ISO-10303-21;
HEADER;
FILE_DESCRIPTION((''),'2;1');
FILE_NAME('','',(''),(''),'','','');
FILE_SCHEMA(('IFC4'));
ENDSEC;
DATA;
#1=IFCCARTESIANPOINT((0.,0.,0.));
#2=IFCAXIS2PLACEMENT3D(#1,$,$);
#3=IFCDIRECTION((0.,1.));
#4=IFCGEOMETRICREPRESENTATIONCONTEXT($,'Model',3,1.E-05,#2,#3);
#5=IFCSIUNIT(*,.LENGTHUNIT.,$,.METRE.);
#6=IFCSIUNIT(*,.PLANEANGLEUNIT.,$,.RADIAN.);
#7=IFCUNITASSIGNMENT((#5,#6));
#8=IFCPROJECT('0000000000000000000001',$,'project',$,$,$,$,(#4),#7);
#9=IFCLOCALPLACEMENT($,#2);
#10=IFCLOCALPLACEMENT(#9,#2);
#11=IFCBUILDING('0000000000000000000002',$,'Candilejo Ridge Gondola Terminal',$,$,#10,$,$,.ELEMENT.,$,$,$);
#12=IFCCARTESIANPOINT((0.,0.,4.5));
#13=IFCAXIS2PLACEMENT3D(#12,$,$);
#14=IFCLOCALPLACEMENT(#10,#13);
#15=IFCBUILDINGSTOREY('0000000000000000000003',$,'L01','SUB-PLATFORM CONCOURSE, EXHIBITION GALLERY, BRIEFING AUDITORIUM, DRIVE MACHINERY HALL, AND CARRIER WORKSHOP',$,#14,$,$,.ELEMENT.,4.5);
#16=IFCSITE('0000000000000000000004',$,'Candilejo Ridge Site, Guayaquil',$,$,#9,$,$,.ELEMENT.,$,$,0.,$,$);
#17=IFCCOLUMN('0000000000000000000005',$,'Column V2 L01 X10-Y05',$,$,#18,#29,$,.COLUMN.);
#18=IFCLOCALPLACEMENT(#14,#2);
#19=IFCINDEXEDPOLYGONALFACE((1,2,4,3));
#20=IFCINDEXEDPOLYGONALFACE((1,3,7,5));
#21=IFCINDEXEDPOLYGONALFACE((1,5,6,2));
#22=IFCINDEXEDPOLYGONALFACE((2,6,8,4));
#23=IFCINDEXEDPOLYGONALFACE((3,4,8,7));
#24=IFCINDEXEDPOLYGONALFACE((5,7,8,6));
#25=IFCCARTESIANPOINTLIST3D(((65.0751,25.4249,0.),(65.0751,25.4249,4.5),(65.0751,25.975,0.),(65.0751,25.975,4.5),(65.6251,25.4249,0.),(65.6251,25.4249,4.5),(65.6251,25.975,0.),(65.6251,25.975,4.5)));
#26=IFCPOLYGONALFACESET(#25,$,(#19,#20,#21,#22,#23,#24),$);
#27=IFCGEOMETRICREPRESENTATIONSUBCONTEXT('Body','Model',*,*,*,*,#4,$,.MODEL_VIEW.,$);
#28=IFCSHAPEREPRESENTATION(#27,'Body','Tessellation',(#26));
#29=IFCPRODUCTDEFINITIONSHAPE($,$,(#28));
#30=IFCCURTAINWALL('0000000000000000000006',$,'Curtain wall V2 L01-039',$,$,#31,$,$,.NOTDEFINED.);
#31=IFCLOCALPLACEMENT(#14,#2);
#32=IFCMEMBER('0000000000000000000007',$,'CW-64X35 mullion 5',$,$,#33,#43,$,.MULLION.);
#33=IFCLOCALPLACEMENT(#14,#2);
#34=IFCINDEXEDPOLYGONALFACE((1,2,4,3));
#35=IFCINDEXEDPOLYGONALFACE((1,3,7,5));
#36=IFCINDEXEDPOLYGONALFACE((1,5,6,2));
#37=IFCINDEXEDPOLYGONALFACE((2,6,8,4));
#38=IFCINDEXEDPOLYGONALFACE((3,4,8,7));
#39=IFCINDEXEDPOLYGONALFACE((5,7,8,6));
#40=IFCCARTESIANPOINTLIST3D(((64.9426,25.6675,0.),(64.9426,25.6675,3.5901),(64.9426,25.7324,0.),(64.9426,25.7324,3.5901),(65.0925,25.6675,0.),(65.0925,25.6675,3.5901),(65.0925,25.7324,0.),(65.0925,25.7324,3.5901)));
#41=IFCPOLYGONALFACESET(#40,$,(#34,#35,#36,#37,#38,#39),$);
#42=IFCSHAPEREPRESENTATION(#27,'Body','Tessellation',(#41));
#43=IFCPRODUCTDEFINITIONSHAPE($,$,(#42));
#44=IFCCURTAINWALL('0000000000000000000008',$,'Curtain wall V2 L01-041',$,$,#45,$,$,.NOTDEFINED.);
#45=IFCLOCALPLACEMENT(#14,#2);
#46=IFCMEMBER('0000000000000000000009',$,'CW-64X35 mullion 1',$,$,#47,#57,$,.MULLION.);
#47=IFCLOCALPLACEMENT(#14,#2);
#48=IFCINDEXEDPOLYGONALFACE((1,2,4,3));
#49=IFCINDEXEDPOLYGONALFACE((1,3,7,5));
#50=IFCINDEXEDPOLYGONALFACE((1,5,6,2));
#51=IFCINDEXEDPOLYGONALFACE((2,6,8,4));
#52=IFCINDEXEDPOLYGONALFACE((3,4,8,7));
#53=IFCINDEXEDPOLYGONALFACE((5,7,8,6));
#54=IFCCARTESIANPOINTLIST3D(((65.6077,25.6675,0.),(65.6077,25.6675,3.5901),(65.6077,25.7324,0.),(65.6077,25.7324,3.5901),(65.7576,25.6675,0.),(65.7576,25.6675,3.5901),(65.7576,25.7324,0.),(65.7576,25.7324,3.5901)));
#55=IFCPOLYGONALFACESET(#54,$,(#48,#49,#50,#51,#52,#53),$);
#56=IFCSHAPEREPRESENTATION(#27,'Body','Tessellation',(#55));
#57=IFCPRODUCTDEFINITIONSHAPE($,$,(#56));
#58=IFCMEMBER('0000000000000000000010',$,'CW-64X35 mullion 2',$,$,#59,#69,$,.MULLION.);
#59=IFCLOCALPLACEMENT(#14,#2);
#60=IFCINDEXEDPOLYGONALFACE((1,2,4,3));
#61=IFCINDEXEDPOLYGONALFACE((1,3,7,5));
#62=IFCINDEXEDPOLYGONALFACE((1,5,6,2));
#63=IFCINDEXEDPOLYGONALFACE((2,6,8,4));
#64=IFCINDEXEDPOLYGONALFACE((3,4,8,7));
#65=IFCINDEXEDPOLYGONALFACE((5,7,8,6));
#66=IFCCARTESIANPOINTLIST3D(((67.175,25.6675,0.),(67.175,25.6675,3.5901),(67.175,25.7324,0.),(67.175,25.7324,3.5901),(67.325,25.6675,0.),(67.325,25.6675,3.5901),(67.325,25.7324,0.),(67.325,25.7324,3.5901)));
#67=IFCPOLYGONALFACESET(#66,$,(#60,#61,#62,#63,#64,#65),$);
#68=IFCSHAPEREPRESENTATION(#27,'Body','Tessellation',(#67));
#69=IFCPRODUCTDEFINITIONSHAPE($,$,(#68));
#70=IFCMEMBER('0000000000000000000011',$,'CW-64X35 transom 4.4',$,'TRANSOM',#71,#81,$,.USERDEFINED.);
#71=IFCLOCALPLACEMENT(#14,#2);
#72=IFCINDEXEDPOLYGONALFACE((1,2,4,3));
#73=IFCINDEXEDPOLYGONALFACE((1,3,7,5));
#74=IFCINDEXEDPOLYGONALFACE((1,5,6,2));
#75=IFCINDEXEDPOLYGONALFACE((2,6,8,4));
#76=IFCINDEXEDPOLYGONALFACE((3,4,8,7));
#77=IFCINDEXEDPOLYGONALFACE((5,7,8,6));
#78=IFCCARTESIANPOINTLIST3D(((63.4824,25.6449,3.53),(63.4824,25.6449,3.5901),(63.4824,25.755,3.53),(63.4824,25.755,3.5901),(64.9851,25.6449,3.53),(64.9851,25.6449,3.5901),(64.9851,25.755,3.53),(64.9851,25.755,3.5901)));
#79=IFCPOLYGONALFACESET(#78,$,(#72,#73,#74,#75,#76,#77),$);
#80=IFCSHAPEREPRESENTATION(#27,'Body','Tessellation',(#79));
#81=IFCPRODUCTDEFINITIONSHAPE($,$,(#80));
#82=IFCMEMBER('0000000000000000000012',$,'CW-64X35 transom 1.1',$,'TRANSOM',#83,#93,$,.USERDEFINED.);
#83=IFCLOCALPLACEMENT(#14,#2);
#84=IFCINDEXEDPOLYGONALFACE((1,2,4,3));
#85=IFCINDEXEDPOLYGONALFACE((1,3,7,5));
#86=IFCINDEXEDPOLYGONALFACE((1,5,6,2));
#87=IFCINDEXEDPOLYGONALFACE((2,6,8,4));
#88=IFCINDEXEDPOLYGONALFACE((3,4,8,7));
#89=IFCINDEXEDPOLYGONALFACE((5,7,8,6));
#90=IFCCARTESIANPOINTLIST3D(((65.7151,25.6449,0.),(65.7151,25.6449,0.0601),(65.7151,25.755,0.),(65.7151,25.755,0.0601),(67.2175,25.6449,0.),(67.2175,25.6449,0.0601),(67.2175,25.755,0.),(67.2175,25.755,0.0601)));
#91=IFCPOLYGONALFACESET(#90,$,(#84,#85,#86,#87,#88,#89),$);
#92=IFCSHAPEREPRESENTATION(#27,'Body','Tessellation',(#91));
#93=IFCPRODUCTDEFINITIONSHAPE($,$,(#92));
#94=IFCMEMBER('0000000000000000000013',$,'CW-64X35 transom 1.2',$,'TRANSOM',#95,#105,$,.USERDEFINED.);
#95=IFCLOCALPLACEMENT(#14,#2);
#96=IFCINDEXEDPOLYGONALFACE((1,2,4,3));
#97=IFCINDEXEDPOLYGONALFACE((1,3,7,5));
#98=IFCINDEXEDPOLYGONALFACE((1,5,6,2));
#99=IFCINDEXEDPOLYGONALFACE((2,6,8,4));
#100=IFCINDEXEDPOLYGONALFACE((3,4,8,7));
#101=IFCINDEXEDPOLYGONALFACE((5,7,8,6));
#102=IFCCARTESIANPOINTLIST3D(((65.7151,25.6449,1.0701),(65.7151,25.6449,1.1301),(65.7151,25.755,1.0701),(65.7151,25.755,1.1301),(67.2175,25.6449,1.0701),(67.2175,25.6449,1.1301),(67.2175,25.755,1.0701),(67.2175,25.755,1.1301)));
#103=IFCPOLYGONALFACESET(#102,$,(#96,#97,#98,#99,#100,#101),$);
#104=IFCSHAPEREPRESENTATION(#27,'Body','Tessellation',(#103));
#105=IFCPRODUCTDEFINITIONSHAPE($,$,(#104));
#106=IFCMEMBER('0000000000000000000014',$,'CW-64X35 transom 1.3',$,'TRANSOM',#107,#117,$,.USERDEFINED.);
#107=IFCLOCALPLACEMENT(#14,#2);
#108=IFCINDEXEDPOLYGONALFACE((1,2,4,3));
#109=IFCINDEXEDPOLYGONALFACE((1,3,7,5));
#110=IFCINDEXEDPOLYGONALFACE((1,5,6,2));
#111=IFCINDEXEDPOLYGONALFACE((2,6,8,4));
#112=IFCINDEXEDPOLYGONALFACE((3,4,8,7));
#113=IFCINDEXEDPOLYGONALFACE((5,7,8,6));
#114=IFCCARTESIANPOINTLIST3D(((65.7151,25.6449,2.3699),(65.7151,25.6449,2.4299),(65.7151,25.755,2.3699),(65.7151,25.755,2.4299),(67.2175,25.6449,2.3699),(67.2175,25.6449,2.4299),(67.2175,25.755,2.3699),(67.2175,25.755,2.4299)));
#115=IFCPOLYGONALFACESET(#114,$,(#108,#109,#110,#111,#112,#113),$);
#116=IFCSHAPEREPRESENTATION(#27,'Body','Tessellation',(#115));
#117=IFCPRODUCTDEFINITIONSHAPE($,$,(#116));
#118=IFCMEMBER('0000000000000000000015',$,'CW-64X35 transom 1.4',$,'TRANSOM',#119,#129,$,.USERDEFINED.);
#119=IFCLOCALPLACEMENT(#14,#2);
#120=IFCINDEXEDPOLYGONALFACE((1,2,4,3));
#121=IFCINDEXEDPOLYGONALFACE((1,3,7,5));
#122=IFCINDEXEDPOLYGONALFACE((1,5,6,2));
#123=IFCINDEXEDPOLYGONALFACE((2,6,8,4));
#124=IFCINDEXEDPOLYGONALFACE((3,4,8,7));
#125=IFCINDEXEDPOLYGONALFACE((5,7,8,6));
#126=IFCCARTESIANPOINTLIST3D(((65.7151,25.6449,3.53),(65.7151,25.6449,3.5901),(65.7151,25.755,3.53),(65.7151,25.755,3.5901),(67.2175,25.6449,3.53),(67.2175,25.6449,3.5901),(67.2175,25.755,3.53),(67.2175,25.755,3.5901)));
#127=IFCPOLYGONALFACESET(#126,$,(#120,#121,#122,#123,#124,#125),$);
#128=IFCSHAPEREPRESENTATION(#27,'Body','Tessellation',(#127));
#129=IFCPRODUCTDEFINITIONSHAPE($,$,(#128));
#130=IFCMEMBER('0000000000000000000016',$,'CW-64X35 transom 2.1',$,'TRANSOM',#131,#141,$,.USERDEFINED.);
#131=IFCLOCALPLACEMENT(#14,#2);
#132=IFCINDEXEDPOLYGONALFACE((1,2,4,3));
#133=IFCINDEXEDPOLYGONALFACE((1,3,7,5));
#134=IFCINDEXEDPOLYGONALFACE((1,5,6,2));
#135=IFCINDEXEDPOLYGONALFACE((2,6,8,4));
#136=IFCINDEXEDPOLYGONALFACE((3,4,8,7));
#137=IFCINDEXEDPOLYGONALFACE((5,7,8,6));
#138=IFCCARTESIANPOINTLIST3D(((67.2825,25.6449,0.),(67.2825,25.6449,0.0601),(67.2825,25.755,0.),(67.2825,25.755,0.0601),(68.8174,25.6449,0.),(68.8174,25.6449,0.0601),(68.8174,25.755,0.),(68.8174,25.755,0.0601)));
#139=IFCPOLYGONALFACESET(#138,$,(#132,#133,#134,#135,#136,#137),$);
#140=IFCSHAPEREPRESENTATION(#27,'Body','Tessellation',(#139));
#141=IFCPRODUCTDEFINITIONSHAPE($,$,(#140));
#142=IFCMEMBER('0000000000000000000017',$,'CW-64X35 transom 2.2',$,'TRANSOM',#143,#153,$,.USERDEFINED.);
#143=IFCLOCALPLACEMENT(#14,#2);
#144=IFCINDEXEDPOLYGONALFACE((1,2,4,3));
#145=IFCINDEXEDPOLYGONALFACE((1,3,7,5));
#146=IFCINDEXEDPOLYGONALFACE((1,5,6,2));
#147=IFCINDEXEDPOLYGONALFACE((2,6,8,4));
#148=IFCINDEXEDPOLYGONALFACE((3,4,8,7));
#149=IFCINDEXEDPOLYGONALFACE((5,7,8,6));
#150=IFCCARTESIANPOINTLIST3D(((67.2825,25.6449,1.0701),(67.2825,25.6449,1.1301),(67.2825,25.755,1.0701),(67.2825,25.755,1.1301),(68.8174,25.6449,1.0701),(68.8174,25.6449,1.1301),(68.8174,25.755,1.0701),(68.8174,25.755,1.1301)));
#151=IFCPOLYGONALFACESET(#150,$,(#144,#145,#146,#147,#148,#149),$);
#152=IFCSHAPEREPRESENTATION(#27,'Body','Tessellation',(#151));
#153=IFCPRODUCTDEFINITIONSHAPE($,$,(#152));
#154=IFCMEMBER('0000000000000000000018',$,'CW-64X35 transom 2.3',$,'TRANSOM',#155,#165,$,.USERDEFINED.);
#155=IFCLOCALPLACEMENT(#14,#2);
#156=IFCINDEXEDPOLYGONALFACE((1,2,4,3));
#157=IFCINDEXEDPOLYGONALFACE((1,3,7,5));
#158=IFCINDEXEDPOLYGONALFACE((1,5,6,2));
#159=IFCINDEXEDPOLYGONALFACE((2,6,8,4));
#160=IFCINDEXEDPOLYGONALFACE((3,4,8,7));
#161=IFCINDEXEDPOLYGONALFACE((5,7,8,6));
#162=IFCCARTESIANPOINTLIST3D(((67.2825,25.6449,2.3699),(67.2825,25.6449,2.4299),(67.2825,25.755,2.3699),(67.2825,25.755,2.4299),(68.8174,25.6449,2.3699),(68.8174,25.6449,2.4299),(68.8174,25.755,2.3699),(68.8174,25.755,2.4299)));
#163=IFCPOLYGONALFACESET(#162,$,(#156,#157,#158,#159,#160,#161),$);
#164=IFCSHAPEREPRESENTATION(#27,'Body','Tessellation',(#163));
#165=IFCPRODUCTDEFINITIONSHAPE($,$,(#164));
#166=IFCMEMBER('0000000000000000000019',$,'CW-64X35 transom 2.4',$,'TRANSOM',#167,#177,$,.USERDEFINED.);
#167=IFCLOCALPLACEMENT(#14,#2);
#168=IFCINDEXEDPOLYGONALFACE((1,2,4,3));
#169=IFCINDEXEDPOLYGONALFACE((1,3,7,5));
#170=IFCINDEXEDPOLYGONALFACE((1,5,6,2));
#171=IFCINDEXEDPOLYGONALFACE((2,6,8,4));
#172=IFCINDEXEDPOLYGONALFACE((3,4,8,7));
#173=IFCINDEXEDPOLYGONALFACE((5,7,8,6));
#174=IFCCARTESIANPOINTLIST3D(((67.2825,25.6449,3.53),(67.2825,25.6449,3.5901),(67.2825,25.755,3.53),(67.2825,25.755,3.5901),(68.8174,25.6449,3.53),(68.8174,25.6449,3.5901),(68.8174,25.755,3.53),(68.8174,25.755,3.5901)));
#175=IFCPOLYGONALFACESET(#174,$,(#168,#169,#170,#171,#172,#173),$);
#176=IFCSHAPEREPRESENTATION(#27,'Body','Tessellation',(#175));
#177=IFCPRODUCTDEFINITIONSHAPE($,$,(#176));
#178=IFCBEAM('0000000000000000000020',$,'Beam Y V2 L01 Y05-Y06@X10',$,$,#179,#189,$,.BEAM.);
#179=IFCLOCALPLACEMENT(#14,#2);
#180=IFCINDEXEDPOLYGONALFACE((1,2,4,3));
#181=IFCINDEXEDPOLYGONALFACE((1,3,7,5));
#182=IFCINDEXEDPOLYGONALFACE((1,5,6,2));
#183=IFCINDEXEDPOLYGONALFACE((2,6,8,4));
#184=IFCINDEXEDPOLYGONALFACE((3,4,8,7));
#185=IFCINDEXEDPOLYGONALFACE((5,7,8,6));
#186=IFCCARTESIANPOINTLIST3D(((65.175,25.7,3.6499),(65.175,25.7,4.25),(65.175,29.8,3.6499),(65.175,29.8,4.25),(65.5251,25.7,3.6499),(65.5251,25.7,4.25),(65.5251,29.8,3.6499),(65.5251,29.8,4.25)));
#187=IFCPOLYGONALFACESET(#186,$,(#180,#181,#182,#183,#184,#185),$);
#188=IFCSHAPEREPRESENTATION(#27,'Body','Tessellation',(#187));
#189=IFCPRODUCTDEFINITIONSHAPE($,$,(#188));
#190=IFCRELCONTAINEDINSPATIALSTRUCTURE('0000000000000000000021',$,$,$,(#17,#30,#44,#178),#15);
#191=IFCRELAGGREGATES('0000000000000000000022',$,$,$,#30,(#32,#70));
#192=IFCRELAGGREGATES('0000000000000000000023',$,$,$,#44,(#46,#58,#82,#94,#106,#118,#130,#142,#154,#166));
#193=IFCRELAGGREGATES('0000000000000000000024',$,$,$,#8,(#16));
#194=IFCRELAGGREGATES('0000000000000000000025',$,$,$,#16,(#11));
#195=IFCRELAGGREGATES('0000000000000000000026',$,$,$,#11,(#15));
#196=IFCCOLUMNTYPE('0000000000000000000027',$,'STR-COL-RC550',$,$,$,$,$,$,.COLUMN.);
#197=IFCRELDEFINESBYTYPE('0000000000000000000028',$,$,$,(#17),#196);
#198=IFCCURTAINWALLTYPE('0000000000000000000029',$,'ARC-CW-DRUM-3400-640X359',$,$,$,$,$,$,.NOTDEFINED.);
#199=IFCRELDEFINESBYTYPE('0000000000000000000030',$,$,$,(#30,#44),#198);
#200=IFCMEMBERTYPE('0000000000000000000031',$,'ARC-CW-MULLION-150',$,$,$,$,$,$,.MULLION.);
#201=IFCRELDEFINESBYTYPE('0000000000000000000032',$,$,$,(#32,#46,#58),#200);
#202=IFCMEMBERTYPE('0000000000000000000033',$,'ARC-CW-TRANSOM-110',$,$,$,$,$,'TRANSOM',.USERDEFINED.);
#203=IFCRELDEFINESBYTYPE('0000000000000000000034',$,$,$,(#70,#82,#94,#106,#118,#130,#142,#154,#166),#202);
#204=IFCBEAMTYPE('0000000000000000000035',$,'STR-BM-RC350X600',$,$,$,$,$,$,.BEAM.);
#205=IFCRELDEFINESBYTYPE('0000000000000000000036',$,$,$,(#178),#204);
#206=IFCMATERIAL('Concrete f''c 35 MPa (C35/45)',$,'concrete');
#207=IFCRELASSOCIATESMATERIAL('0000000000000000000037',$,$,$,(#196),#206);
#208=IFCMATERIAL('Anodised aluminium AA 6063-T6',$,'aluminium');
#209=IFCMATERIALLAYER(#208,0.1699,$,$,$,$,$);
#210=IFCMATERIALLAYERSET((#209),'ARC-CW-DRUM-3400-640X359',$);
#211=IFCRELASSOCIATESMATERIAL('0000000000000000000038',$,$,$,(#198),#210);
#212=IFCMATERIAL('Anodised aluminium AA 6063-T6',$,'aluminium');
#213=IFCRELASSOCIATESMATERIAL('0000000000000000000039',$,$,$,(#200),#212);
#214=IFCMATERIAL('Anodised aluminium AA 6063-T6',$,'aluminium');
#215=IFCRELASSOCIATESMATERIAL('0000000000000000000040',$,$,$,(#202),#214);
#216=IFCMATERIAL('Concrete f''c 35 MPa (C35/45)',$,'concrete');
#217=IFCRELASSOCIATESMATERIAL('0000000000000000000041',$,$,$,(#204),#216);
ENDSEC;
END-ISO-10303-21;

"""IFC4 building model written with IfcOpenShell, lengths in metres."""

from ifc_helpers import new_model, si_unit, direction, frame, origin, origin_2d, place, context, subcontext, project, spatial, rectangle, extrude, material, layer, layer_set, material_profile, profile_set, type_object, element, aggregate, save


model = new_model("IFC4")

# Units and contexts
model_context = context("Model", 3, precision=1e-05, world=origin(), true_north=direction((0.0, 1.0)))
body_context = subcontext(model_context, "Body", "Model", "MODEL_VIEW")
ifc_project = project(units=[si_unit("LENGTHUNIT", "METRE"), si_unit("PLANEANGLEUNIT", "RADIAN")], contexts=[model_context])

# Site, building, storey
site_placement = place(None, origin())
site = spatial("IfcSite", under=ifc_project, at=site_placement, Name="Candilejo Ridge Site, Guayaquil", CompositionType="ELEMENT", RefElevation=0.0)
building_placement = place(site_placement, origin())
building = spatial("IfcBuilding", under=site, at=building_placement, Name="Candilejo Ridge Gondola Terminal", CompositionType="ELEMENT")
storey_placement = place(building_placement, frame((0.0, 0.0, 4.5)))
storey = spatial("IfcBuildingStorey", under=building, at=storey_placement, Name="L01", Description="SUB-PLATFORM CONCOURSE, EXHIBITION GALLERY, BRIEFING AUDITORIUM, DRIVE MACHINERY HALL, AND CARRIER WORKSHOP", CompositionType="ELEMENT", Elevation=4.5)

# Column
ifc_material_1 = material(Name="Concrete f'c 35 MPa (C35/45)", Category="concrete")
ifc_material_profile_1 = material_profile(ifc_material_1, rectangle(XDim=0.55, YDim=0.55, at=origin_2d()))
ifc_profile_set_1 = profile_set([ifc_material_profile_1], Name="Concrete f'c 35 MPa (C35/45)")
column_type = type_object("IfcColumnType", Name="STR-COL-RC550", PredefinedType="COLUMN", material=ifc_profile_set_1)
column_placement = place(storey_placement, frame((65.3501, 25.7, 0.0), z_axis=(0.0, 0.0, 1.0), x_axis=(1.0, 0.0, 0.0)))
element("IfcColumn", 1, at=column_placement, inside=storey, type_object=column_type, Name="Column V2 L01 X10-Y05", PredefinedType="COLUMN", context=body_context, shape_type="SweptSolid", body=[
    extrude(rectangle(XDim=0.55, YDim=0.55, at=origin_2d()), origin(), (0.0, 0.0, 1.0), 4.5),
])

# Curtain wall, member
ifc_material_2 = material(Name="Anodised aluminium AA 6063-T6", Category="aluminium")
ifc_layer_1 = layer(ifc_material_2, 0.1699)
ifc_layer_set_1 = layer_set([ifc_layer_1], Name="ARC-CW-DRUM-3400-640X359")
curtain_wall_type = type_object("IfcCurtainWallType", Name="ARC-CW-DRUM-3400-640X359", PredefinedType="NOTDEFINED", material=ifc_layer_set_1)
curtain_wall_1_placement = place(storey_placement, origin())
curtain_wall_1 = element("IfcCurtainWall", 2, at=curtain_wall_1_placement, inside=storey, type_object=curtain_wall_type, Name="Curtain wall V2 L01-039", PredefinedType="NOTDEFINED")
ifc_material_3 = material(Name="Anodised aluminium AA 6063-T6", Category="aluminium")
ifc_material_profile_2 = material_profile(ifc_material_3, rectangle(XDim=0.0649, YDim=0.1499, at=origin_2d()))
ifc_profile_set_2 = profile_set([ifc_material_profile_2], Name="Anodised aluminium AA 6063-T6")
member_type_1 = type_object("IfcMemberType", Name="ARC-CW-MULLION-150", PredefinedType="MULLION", material=ifc_profile_set_2)
member_1_placement = place(storey_placement, frame((65.0176, 25.7, 0.0), z_axis=(0.0, 0.0, 1.0), x_axis=(0.0, 1.0, 0.0)))
member_1 = element("IfcMember", 3, at=member_1_placement, type_object=member_type_1, Name="CW-64X35 mullion 5", PredefinedType="MULLION", context=body_context, shape_type="SweptSolid", body=[
    extrude(rectangle(XDim=0.0649, YDim=0.1499, at=origin_2d()), origin(), (0.0, 0.0, 1.0), 3.5901),
])

# Curtain wall, members
curtain_wall_2_placement = place(storey_placement, origin())
curtain_wall_2 = element("IfcCurtainWall", 4, at=curtain_wall_2_placement, inside=storey, type_object=curtain_wall_type, Name="Curtain wall V2 L01-041", PredefinedType="NOTDEFINED")
member_2_placement = place(storey_placement, frame((65.6826, 25.7, 0.0), z_axis=(0.0, 0.0, 1.0), x_axis=(0.0, 1.0, 0.0)))
member_2 = element("IfcMember", 5, at=member_2_placement, type_object=member_type_1, Name="CW-64X35 mullion 1", PredefinedType="MULLION", context=body_context, shape_type="SweptSolid", body=[
    extrude(rectangle(XDim=0.0649, YDim=0.1499, at=origin_2d()), origin(), (0.0, 0.0, 1.0), 3.5901),
])
member_3_placement = place(storey_placement, frame((67.25, 25.7, 0.0), z_axis=(0.0, 0.0, 1.0), x_axis=(0.0, 1.0, 0.0)))
member_3 = element("IfcMember", 6, at=member_3_placement, type_object=member_type_1, Name="CW-64X35 mullion 2", PredefinedType="MULLION", context=body_context, shape_type="SweptSolid", body=[
    extrude(rectangle(XDim=0.0649, YDim=0.1499, at=origin_2d()), origin(), (0.0, 0.0, 1.0), 3.5901),
])

# Members
ifc_material_4 = material(Name="Anodised aluminium AA 6063-T6", Category="aluminium")
ifc_material_profile_3 = material_profile(ifc_material_4, rectangle(XDim=0.1101, YDim=0.0601, at=origin_2d()))
ifc_profile_set_3 = profile_set([ifc_material_profile_3], Name="Anodised aluminium AA 6063-T6")
member_type_2 = type_object("IfcMemberType", Name="ARC-CW-TRANSOM-110", ElementType="TRANSOM", PredefinedType="USERDEFINED", material=ifc_profile_set_3)
member_4_placement = place(storey_placement, frame((63.4824, 25.7, 3.5601), z_axis=(1.0, 0.0, 0.0), x_axis=(0.0, 1.0, 0.0)))
member_4 = element("IfcMember", 7, at=member_4_placement, type_object=member_type_2, Name="CW-64X35 transom 4.4", ObjectType="TRANSOM", PredefinedType="USERDEFINED", context=body_context, shape_type="SweptSolid", body=[
    extrude(rectangle(XDim=0.1101, YDim=0.0601, at=origin_2d()), origin(), (0.0, 0.0, 1.0), 1.5027),
])
member_5_placement = place(storey_placement, frame((65.7151, 25.7, 0.03), z_axis=(1.0, 0.0, 0.0), x_axis=(0.0, 1.0, 0.0)))
member_5 = element("IfcMember", 8, at=member_5_placement, type_object=member_type_2, Name="CW-64X35 transom 1.1", ObjectType="TRANSOM", PredefinedType="USERDEFINED", context=body_context, shape_type="SweptSolid", body=[
    extrude(rectangle(XDim=0.1101, YDim=0.0601, at=origin_2d()), origin(), (0.0, 0.0, 1.0), 1.5024),
])
member_6_placement = place(storey_placement, frame((65.7151, 25.7, 1.1001), z_axis=(1.0, 0.0, 0.0), x_axis=(0.0, 1.0, 0.0)))
member_6 = element("IfcMember", 9, at=member_6_placement, type_object=member_type_2, Name="CW-64X35 transom 1.2", ObjectType="TRANSOM", PredefinedType="USERDEFINED", context=body_context, shape_type="SweptSolid", body=[
    extrude(rectangle(XDim=0.1101, YDim=0.0601, at=origin_2d()), origin(), (0.0, 0.0, 1.0), 1.5024),
])
member_7_placement = place(storey_placement, frame((65.7151, 25.7, 2.3999), z_axis=(1.0, 0.0, 0.0), x_axis=(0.0, 1.0, 0.0)))
member_7 = element("IfcMember", 10, at=member_7_placement, type_object=member_type_2, Name="CW-64X35 transom 1.3", ObjectType="TRANSOM", PredefinedType="USERDEFINED", context=body_context, shape_type="SweptSolid", body=[
    extrude(rectangle(XDim=0.1101, YDim=0.0601, at=origin_2d()), origin(), (0.0, 0.0, 1.0), 1.5024),
])
member_8_placement = place(storey_placement, frame((65.7151, 25.7, 3.5601), z_axis=(1.0, 0.0, 0.0), x_axis=(0.0, 1.0, 0.0)))
member_8 = element("IfcMember", 11, at=member_8_placement, type_object=member_type_2, Name="CW-64X35 transom 1.4", ObjectType="TRANSOM", PredefinedType="USERDEFINED", context=body_context, shape_type="SweptSolid", body=[
    extrude(rectangle(XDim=0.1101, YDim=0.0601, at=origin_2d()), origin(), (0.0, 0.0, 1.0), 1.5024),
])
member_9_placement = place(storey_placement, frame((67.2825, 25.7, 0.03), z_axis=(1.0, 0.0, 0.0), x_axis=(0.0, 1.0, 0.0)))
member_9 = element("IfcMember", 12, at=member_9_placement, type_object=member_type_2, Name="CW-64X35 transom 2.1", ObjectType="TRANSOM", PredefinedType="USERDEFINED", context=body_context, shape_type="SweptSolid", body=[
    extrude(rectangle(XDim=0.1101, YDim=0.0601, at=origin_2d()), origin(), (0.0, 0.0, 1.0), 1.5349),
])
member_10_placement = place(storey_placement, frame((67.2825, 25.7, 1.1001), z_axis=(1.0, 0.0, 0.0), x_axis=(0.0, 1.0, 0.0)))
member_10 = element("IfcMember", 13, at=member_10_placement, type_object=member_type_2, Name="CW-64X35 transom 2.2", ObjectType="TRANSOM", PredefinedType="USERDEFINED", context=body_context, shape_type="SweptSolid", body=[
    extrude(rectangle(XDim=0.1101, YDim=0.0601, at=origin_2d()), origin(), (0.0, 0.0, 1.0), 1.5349),
])
member_11_placement = place(storey_placement, frame((67.2825, 25.7, 2.3999), z_axis=(1.0, 0.0, 0.0), x_axis=(0.0, 1.0, 0.0)))
member_11 = element("IfcMember", 14, at=member_11_placement, type_object=member_type_2, Name="CW-64X35 transom 2.3", ObjectType="TRANSOM", PredefinedType="USERDEFINED", context=body_context, shape_type="SweptSolid", body=[
    extrude(rectangle(XDim=0.1101, YDim=0.0601, at=origin_2d()), origin(), (0.0, 0.0, 1.0), 1.5349),
])
member_12_placement = place(storey_placement, frame((67.2825, 25.7, 3.5601), z_axis=(1.0, 0.0, 0.0), x_axis=(0.0, 1.0, 0.0)))
member_12 = element("IfcMember", 15, at=member_12_placement, type_object=member_type_2, Name="CW-64X35 transom 2.4", ObjectType="TRANSOM", PredefinedType="USERDEFINED", context=body_context, shape_type="SweptSolid", body=[
    extrude(rectangle(XDim=0.1101, YDim=0.0601, at=origin_2d()), origin(), (0.0, 0.0, 1.0), 1.5349),
])

# Beam
ifc_material_5 = material(Name="Concrete f'c 35 MPa (C35/45)", Category="concrete")
ifc_material_profile_4 = material_profile(ifc_material_5, rectangle(XDim=0.3501, YDim=0.6001, at=origin_2d()))
ifc_profile_set_4 = profile_set([ifc_material_profile_4], Name="Concrete f'c 35 MPa (C35/45)")
beam_type_1 = type_object("IfcBeamType", Name="STR-BM-RC350X600", PredefinedType="BEAM", material=ifc_profile_set_4)
beam_1_placement = place(storey_placement, frame((65.3501, 25.7, 3.95), z_axis=(0.0, 1.0, 0.0), x_axis=(-1.0, 0.0, 0.0)))
element("IfcBeam", 16, at=beam_1_placement, inside=storey, type_object=beam_type_1, Name="Beam Y V2 L01 Y05-Y06@X10", PredefinedType="BEAM", context=body_context, shape_type="SweptSolid", body=[
    extrude(rectangle(XDim=0.3501, YDim=0.6001, at=origin_2d()), origin(), (0.0, 0.0, 1.0), 4.1001),
])

aggregate(curtain_wall_1, [member_1, member_4])
aggregate(curtain_wall_2, [member_2, member_3, member_5, member_6, member_7, member_8, member_9, member_10, member_11, member_12])

save(model, "model.ifc")
